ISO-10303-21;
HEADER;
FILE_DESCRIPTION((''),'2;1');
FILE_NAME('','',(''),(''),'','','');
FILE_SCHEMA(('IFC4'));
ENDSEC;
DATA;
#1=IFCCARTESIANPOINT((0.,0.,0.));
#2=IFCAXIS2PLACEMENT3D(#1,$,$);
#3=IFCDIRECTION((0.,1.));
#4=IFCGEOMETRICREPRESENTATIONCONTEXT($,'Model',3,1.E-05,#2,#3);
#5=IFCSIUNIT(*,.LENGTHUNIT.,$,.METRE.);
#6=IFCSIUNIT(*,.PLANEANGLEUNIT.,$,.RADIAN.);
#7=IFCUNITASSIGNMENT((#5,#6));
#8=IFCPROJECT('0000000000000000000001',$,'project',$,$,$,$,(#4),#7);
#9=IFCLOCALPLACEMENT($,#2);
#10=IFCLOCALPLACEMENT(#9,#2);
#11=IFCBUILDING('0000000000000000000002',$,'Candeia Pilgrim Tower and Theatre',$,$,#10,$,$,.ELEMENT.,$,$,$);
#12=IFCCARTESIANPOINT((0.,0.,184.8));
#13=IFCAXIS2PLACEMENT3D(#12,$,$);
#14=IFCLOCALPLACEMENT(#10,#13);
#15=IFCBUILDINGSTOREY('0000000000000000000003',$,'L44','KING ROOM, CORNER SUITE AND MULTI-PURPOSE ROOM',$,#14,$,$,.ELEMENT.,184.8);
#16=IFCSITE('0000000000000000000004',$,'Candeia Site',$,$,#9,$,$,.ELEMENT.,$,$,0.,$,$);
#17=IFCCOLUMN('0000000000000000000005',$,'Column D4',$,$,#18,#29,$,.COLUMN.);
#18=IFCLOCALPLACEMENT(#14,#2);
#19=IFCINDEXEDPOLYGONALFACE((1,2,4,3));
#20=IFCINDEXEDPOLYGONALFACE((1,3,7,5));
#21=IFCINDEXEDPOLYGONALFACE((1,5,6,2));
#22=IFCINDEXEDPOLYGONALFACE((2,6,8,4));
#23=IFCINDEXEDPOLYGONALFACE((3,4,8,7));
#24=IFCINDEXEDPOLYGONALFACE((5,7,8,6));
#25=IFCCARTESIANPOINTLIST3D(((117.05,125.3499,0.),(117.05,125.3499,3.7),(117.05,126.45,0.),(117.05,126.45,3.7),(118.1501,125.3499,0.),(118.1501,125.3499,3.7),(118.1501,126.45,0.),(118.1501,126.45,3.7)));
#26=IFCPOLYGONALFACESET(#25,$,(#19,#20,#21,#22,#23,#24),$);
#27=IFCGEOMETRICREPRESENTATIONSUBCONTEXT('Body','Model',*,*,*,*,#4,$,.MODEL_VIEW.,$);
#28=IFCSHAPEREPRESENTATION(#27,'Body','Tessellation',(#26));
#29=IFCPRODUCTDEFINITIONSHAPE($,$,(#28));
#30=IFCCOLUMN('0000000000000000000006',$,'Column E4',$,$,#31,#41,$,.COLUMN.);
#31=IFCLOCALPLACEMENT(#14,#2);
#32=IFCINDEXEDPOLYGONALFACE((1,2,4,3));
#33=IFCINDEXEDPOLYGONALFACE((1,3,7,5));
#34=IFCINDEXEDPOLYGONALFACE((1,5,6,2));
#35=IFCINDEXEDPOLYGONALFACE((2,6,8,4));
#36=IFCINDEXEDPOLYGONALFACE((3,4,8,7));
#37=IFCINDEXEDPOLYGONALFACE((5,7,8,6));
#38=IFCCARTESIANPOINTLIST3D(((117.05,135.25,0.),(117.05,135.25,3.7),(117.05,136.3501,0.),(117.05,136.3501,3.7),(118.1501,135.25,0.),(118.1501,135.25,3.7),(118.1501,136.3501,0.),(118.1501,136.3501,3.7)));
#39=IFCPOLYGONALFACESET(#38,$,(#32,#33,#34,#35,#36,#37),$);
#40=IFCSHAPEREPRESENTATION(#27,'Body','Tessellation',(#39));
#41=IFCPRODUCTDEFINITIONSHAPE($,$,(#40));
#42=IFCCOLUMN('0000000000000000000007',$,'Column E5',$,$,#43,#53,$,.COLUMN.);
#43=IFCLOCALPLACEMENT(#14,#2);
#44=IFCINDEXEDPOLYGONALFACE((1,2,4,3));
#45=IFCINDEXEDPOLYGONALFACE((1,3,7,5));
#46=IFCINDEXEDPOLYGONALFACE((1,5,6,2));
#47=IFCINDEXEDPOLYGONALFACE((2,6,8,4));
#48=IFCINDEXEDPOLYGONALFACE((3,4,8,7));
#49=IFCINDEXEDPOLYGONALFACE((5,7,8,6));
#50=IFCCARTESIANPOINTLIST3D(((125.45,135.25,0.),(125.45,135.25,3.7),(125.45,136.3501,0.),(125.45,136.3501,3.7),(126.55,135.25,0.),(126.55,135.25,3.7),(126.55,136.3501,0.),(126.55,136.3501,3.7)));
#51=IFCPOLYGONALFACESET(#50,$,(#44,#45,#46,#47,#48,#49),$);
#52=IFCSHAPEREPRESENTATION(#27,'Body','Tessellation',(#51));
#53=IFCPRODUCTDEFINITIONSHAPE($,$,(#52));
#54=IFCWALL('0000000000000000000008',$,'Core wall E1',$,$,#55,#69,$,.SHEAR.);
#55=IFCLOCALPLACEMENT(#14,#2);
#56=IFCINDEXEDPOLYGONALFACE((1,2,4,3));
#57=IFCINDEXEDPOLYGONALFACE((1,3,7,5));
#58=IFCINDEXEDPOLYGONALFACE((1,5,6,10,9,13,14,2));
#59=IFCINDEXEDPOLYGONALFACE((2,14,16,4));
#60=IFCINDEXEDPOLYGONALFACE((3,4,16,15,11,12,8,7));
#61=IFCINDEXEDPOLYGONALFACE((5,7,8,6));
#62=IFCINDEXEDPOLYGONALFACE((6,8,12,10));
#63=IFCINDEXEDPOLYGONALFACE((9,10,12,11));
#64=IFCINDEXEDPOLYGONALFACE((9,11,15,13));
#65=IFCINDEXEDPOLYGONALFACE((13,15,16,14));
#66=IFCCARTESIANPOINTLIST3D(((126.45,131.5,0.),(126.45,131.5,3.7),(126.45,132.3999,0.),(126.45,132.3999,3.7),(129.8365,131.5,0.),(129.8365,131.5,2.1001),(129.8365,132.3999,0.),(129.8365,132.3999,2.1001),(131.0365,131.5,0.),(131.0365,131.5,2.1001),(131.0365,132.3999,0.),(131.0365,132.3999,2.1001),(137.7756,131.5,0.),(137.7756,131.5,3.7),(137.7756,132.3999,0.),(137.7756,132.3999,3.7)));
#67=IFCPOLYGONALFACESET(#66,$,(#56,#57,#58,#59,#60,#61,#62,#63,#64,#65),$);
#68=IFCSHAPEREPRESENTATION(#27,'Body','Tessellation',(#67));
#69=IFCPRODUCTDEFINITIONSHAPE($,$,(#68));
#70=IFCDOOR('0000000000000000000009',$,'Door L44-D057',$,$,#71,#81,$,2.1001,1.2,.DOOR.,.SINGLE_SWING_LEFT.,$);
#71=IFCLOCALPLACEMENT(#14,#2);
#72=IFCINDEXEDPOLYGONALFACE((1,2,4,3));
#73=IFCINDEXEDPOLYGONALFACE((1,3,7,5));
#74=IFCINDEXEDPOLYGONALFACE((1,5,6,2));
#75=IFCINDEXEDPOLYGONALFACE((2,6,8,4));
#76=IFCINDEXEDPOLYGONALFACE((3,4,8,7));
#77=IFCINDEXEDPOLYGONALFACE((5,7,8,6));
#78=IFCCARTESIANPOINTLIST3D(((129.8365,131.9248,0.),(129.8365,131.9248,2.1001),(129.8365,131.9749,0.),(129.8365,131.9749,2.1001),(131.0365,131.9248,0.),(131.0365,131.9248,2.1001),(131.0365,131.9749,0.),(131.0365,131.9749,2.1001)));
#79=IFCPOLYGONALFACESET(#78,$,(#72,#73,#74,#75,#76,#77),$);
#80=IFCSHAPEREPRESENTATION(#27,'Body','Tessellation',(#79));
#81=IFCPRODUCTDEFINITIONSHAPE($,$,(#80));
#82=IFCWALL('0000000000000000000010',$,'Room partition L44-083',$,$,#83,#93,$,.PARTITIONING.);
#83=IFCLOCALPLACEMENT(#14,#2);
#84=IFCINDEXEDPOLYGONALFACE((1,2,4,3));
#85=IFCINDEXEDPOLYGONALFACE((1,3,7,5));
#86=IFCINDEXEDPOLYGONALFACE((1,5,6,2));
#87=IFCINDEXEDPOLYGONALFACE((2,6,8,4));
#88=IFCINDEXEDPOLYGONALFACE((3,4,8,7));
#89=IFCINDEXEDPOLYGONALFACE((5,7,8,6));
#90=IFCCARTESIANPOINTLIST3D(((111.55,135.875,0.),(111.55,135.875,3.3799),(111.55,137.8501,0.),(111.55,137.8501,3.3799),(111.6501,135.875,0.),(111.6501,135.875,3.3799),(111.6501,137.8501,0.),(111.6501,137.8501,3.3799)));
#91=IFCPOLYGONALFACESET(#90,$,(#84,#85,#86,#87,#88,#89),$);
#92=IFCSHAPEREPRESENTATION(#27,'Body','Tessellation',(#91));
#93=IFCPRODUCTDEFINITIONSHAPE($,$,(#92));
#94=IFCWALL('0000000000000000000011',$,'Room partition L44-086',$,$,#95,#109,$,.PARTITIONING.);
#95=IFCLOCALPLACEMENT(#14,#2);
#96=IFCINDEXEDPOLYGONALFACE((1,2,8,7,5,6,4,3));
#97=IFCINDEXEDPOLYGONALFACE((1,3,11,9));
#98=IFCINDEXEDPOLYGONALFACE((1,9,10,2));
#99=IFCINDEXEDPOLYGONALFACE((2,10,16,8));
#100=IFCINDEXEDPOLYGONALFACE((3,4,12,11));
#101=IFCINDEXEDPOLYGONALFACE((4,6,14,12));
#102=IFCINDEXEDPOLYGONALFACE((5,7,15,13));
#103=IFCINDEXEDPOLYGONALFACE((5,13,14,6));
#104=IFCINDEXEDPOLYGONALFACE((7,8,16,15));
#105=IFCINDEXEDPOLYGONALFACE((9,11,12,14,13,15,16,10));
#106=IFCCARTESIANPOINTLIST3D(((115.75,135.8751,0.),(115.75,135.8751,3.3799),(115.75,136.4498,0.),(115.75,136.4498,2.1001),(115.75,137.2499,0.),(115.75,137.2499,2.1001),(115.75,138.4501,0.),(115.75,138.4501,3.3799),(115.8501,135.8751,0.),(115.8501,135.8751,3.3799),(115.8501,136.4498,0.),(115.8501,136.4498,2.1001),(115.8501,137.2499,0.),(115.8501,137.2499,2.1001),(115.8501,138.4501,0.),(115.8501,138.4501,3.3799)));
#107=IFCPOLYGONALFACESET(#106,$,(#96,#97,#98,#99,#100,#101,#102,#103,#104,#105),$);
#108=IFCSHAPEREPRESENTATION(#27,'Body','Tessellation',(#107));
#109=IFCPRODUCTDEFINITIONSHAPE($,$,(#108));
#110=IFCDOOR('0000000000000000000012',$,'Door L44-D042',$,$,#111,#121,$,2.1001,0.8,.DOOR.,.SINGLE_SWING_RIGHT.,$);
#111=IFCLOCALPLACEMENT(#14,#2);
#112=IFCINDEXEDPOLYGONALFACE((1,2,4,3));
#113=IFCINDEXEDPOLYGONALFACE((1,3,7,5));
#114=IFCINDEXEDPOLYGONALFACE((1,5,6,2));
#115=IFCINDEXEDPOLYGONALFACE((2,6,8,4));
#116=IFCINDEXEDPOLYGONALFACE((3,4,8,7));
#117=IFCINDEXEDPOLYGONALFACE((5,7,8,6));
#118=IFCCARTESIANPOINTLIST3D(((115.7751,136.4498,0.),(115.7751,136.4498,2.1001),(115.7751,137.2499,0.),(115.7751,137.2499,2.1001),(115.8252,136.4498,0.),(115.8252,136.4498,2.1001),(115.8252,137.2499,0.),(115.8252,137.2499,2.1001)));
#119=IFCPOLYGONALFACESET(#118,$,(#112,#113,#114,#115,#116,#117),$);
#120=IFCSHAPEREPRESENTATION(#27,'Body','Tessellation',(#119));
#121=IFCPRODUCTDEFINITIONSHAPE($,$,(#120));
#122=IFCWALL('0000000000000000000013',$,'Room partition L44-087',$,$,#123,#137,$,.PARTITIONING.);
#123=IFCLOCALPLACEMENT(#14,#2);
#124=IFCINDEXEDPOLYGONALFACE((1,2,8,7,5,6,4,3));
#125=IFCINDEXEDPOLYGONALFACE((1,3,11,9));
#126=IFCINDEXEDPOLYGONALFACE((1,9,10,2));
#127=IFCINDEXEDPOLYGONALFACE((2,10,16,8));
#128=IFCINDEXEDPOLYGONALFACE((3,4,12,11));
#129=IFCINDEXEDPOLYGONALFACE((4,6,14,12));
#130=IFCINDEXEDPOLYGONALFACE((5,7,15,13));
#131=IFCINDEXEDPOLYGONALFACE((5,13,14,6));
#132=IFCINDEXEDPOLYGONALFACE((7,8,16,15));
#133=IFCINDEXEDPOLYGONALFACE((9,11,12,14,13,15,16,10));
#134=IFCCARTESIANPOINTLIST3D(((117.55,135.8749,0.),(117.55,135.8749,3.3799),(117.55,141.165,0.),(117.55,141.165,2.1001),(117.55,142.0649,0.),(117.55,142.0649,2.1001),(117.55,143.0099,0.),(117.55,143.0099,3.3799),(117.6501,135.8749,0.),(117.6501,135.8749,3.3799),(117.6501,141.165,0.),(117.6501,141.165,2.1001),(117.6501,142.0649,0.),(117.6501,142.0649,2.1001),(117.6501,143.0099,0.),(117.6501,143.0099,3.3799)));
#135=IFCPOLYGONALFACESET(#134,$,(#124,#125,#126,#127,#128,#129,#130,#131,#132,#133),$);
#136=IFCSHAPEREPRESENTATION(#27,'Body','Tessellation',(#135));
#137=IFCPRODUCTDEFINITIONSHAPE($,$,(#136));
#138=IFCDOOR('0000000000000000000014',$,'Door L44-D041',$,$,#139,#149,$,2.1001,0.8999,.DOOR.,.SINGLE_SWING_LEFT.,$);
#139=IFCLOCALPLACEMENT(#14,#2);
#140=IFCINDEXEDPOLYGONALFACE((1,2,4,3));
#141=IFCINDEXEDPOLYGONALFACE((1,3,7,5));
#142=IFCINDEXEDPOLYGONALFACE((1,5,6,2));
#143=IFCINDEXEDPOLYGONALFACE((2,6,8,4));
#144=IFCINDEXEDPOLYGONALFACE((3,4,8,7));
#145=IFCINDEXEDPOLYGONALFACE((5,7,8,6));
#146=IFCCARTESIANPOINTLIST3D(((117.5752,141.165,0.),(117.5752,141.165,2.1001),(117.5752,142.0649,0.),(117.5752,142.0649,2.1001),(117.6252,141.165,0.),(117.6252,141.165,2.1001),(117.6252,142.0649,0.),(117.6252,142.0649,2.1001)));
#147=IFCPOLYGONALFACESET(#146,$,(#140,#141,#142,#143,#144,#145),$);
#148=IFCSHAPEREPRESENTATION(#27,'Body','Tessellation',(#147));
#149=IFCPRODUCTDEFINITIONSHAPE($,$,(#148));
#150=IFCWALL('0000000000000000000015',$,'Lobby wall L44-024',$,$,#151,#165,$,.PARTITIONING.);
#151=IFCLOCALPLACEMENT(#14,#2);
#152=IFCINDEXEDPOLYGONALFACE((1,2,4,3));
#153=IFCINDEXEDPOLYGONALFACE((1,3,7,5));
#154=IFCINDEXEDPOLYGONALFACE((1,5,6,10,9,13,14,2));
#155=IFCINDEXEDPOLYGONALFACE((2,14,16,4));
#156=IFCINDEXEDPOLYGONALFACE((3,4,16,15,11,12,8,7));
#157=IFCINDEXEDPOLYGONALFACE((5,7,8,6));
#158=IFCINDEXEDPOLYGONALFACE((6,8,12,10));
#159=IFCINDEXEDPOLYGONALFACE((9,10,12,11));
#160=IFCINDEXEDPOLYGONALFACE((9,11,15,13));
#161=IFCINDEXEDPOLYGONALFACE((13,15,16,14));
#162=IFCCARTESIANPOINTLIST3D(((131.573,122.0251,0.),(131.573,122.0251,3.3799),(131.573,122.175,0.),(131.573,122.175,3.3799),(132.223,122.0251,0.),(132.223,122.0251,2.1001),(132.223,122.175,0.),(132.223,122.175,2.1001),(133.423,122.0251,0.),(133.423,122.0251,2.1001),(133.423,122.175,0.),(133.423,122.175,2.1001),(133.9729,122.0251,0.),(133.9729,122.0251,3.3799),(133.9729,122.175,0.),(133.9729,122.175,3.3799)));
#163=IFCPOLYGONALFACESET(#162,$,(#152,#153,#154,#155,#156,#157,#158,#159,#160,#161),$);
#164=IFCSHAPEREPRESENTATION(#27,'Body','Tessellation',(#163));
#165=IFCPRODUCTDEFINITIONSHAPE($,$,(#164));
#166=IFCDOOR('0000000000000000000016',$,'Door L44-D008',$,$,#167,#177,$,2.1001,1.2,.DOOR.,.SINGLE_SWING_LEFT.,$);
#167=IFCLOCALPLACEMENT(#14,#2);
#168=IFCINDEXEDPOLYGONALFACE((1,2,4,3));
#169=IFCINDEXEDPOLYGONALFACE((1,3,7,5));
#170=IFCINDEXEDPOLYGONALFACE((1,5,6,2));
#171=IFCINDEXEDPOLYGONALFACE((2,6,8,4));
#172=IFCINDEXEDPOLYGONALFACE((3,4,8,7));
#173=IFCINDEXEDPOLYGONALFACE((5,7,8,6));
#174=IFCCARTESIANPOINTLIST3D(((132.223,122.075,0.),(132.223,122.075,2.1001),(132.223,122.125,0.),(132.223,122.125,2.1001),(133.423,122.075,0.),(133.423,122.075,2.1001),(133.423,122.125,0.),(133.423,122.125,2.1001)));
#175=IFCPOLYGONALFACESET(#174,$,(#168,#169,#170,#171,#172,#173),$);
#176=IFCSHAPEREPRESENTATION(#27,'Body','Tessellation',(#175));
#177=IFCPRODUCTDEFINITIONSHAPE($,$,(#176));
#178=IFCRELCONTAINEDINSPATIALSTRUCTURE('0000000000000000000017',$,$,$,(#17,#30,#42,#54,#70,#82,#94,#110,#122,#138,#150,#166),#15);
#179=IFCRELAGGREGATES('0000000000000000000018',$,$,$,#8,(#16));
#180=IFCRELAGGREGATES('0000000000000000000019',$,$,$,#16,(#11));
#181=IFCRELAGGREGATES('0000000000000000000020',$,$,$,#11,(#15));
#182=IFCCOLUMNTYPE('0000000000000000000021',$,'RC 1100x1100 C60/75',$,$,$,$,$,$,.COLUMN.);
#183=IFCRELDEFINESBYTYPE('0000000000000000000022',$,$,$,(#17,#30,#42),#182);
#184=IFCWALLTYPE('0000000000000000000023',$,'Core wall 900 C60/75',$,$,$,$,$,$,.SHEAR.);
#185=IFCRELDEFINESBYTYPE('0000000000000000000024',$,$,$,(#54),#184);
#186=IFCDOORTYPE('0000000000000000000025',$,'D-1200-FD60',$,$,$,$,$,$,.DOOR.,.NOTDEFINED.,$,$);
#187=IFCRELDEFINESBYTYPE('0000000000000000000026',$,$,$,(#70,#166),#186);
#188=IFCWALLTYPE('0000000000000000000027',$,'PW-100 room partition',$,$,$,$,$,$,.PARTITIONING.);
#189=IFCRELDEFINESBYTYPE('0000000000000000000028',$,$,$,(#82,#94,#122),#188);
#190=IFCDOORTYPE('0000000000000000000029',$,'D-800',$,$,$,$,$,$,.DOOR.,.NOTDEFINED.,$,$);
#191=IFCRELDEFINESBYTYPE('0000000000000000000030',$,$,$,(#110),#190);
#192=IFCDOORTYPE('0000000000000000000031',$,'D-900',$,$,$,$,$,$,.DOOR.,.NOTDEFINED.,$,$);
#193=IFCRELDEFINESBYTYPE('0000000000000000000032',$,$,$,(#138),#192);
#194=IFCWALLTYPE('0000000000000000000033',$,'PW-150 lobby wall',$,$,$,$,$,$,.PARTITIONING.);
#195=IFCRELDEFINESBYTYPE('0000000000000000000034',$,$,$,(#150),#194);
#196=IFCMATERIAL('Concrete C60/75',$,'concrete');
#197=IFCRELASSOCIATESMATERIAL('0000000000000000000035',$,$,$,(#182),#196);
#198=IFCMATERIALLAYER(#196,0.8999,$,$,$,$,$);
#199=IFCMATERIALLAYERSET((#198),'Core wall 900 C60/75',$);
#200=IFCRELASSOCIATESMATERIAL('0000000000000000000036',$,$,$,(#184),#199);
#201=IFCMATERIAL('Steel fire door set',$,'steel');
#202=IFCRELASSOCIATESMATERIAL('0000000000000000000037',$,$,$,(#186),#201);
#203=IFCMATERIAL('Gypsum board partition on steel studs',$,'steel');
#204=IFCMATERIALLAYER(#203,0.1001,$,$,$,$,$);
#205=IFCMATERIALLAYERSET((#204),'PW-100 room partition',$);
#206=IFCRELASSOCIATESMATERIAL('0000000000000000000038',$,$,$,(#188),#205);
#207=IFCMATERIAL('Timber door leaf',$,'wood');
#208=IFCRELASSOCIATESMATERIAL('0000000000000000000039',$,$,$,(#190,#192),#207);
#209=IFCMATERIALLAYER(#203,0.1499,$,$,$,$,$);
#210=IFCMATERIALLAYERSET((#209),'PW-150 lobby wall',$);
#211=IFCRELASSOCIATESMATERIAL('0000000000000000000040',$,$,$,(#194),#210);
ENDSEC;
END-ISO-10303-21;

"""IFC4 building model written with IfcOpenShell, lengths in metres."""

from ifc_helpers import new_model, si_unit, direction, frame, frame_2d, origin, origin_2d, place, context, subcontext, project, spatial, rectangle, extrude, material, layer, layer_set, material_profile, profile_set, type_object, element, fill, save


model = new_model("IFC4")

# Units and contexts
model_context = context("Model", 3, precision=1e-05, world=origin(), true_north=direction((0.0, 1.0)))
body_context = subcontext(model_context, "Body", "Model", "MODEL_VIEW")
ifc_project = project(units=[si_unit("LENGTHUNIT", "METRE"), si_unit("PLANEANGLEUNIT", "RADIAN")], contexts=[model_context])

# Site, building, storey
site_placement = place(None, origin())
site = spatial("IfcSite", under=ifc_project, at=site_placement, Name="Candeia Site", CompositionType="ELEMENT", RefElevation=0.0)
building_placement = place(site_placement, origin())
building = spatial("IfcBuilding", under=site, at=building_placement, Name="Candeia Pilgrim Tower and Theatre", CompositionType="ELEMENT")
storey_placement = place(building_placement, frame((0.0, 0.0, 184.8)))
storey = spatial("IfcBuildingStorey", under=building, at=storey_placement, Name="L44", Description="KING ROOM, CORNER SUITE AND MULTI-PURPOSE ROOM", CompositionType="ELEMENT", Elevation=184.8)

# Columns
ifc_material_1 = material(Name="Concrete C60/75", Category="concrete")
ifc_material_profile = material_profile(ifc_material_1, rectangle(XDim=1.1001, YDim=1.1001, at=origin_2d()))
ifc_profile_set = profile_set([ifc_material_profile], Name="Concrete C60/75")
column_type = type_object("IfcColumnType", Name="RC 1100x1100 C60/75", PredefinedType="COLUMN", material=ifc_profile_set)
for number, where, z_axis, x_axis, name in (
    (1, (117.6001, 125.8999, 0.0), (0.0, 0.0, 1.0), (1.0, 0.0, 0.0), "Column D4"),
    (2, (117.6001, 135.8, 0.0), (0.0, 0.0, 1.0), (1.0, 0.0, 0.0), "Column E4"),
    (3, (126.0, 135.8, 0.0), (0.0, 0.0, 1.0), (1.0, 0.0, 0.0), "Column E5"),
):
    element("IfcColumn", number, at=place(storey_placement, frame(where, z_axis=z_axis, x_axis=x_axis)), inside=storey, type_object=column_type, Name=name, PredefinedType="COLUMN", context=body_context, shape_type="SweptSolid", body=[
        extrude(rectangle(XDim=1.1001, YDim=1.1001, at=origin_2d()), origin(), (0.0, 0.0, 1.0), 3.7),
    ])

# Wall, opening, door
ifc_layer_1 = layer(ifc_material_1, 0.8999)
ifc_layer_set_1 = layer_set([ifc_layer_1], Name="Core wall 900 C60/75")
wall_type_1 = type_object("IfcWallType", Name="Core wall 900 C60/75", PredefinedType="SHEAR", material=ifc_layer_set_1)
wall_1_placement = place(storey_placement, frame((126.45, 131.95, 0.0), z_axis=(0.0, 0.0, 1.0), x_axis=(1.0, 0.0, 0.0)))
wall_1 = element("IfcWall", 4, at=wall_1_placement, inside=storey, type_object=wall_type_1, Name="Core wall E1", PredefinedType="SHEAR", context=body_context, shape_type="SweptSolid", body=[
    extrude(rectangle(XDim=11.3257, YDim=0.8999, at=frame_2d((5.6628, 0.0))), origin(), (0.0, 0.0, 1.0), 3.7),
])
opening_1_placement = place(wall_1_placement, frame((3.3865, 0.0, 0.0)))
opening_1 = element("IfcOpeningElement", 5, at=opening_1_placement, cuts=wall_1, PredefinedType="OPENING", context=body_context, shape_type="SweptSolid", body=[
    extrude(rectangle(XDim=1.2, YDim=2.1001, at=frame_2d((0.6001, 1.05))), frame((0.0, 0.46, 0.0), z_axis=(0.0, -1.0, 0.0), x_axis=(1.0, 0.0, 0.0)), (0.0, 0.0, 1.0), 0.9199),
])
ifc_material_2 = material(Name="Steel fire door set", Category="steel")
door_type_1 = type_object("IfcDoorType", Name="D-1200-FD60", OperationType="NOTDEFINED", PredefinedType="DOOR", material=ifc_material_2)
door_1_placement = place(opening_1_placement, origin())
door_1 = element("IfcDoor", 6, at=door_1_placement, inside=storey, type_object=door_type_1, Name="Door L44-D057", OperationType="SINGLE_SWING_LEFT", OverallHeight=2.1001, OverallWidth=1.2, PredefinedType="DOOR", context=body_context, shape_type="SweptSolid", body=[
    extrude(rectangle(XDim=1.2, YDim=2.1001, at=frame_2d((0.6001, 1.05))), frame((0.0, 0.0249, 0.0), z_axis=(0.0, -1.0, 0.0), x_axis=(1.0, 0.0, 0.0)), (0.0, 0.0, 1.0), 0.05),
])
fill(opening_1, door_1)

# Wall
ifc_material_3 = material(Name="Gypsum board partition on steel studs", Category="steel")
ifc_layer_2 = layer(ifc_material_3, 0.1001)
ifc_layer_set_2 = layer_set([ifc_layer_2], Name="PW-100 room partition")
wall_type_2 = type_object("IfcWallType", Name="PW-100 room partition", PredefinedType="PARTITIONING", material=ifc_layer_set_2)
wall_2_placement = place(storey_placement, frame((111.6001, 135.875, 0.0), z_axis=(0.0, 0.0, 1.0), x_axis=(0.0, 1.0, 0.0)))
element("IfcWall", 7, at=wall_2_placement, inside=storey, type_object=wall_type_2, Name="Room partition L44-083", PredefinedType="PARTITIONING", context=body_context, shape_type="SweptSolid", body=[
    extrude(rectangle(XDim=1.9751, YDim=0.1001, at=frame_2d((0.9875, 0.0))), origin(), (0.0, 0.0, 1.0), 3.3799),
])

# Walls, openings, doors
wall_3_placement = place(storey_placement, frame((115.8, 135.875, 0.0), z_axis=(0.0, 0.0, 1.0), x_axis=(0.0, 1.0, 0.0)))
wall_3 = element("IfcWall", 8, at=wall_3_placement, inside=storey, type_object=wall_type_2, Name="Room partition L44-086", PredefinedType="PARTITIONING", context=body_context, shape_type="SweptSolid", body=[
    extrude(rectangle(XDim=2.575, YDim=0.1001, at=frame_2d((1.2876, 0.0))), origin(), (0.0, 0.0, 1.0), 3.3799),
])
opening_2_placement = place(wall_3_placement, frame((0.575, 0.0, 0.0)))
opening_2 = element("IfcOpeningElement", 9, at=opening_2_placement, cuts=wall_3, PredefinedType="OPENING", context=body_context, shape_type="SweptSolid", body=[
    extrude(rectangle(XDim=0.8, YDim=2.1001, at=frame_2d((0.3999, 1.05))), frame((0.0, 0.0601, 0.0), z_axis=(0.0, -1.0, 0.0), x_axis=(1.0, 0.0, 0.0)), (0.0, 0.0, 1.0), 0.1201),
])
ifc_material_4 = material(Name="Timber door leaf", Category="wood")
door_type_2 = type_object("IfcDoorType", Name="D-800", OperationType="NOTDEFINED", PredefinedType="DOOR", material=ifc_material_4)
door_2_placement = place(opening_2_placement, origin())
door_2 = element("IfcDoor", 10, at=door_2_placement, inside=storey, type_object=door_type_2, Name="Door L44-D042", OperationType="SINGLE_SWING_RIGHT", OverallHeight=2.1001, OverallWidth=0.8, PredefinedType="DOOR", context=body_context, shape_type="SweptSolid", body=[
    extrude(rectangle(XDim=0.8, YDim=2.1001, at=frame_2d((0.3999, 1.05))), frame((0.0, 0.0249, 0.0), z_axis=(0.0, -1.0, 0.0), x_axis=(1.0, 0.0, 0.0)), (0.0, 0.0, 1.0), 0.05),
])
fill(opening_2, door_2)
wall_4_placement = place(storey_placement, frame((117.6001, 135.875, 0.0), z_axis=(0.0, 0.0, 1.0), x_axis=(0.0, 1.0, 0.0)))
wall_4 = element("IfcWall", 11, at=wall_4_placement, inside=storey, type_object=wall_type_2, Name="Room partition L44-087", PredefinedType="PARTITIONING", context=body_context, shape_type="SweptSolid", body=[
    extrude(rectangle(XDim=7.135, YDim=0.1001, at=frame_2d((3.5674, 0.0))), origin(), (0.0, 0.0, 1.0), 3.3799),
])
opening_3_placement = place(wall_4_placement, frame((5.29, 0.0, 0.0)))
opening_3 = element("IfcOpeningElement", 12, at=opening_3_placement, cuts=wall_4, PredefinedType="OPENING", context=body_context, shape_type="SweptSolid", body=[
    extrude(rectangle(XDim=0.8999, YDim=2.1001, at=frame_2d((0.45, 1.05))), frame((0.0, 0.0601, 0.0), z_axis=(0.0, -1.0, 0.0), x_axis=(1.0, 0.0, 0.0)), (0.0, 0.0, 1.0), 0.1201),
])
door_type_3 = type_object("IfcDoorType", Name="D-900", OperationType="NOTDEFINED", PredefinedType="DOOR", material=ifc_material_4)
door_3_placement = place(opening_3_placement, origin())
door_3 = element("IfcDoor", 13, at=door_3_placement, inside=storey, type_object=door_type_3, Name="Door L44-D041", OperationType="SINGLE_SWING_LEFT", OverallHeight=2.1001, OverallWidth=0.8999, PredefinedType="DOOR", context=body_context, shape_type="SweptSolid", body=[
    extrude(rectangle(XDim=0.8999, YDim=2.1001, at=frame_2d((0.45, 1.05))), frame((0.0, 0.0249, 0.0), z_axis=(0.0, -1.0, 0.0), x_axis=(1.0, 0.0, 0.0)), (0.0, 0.0, 1.0), 0.05),
])
fill(opening_3, door_3)
ifc_layer_3 = layer(ifc_material_3, 0.1499)
ifc_layer_set_3 = layer_set([ifc_layer_3], Name="PW-150 lobby wall")
wall_type_3 = type_object("IfcWallType", Name="PW-150 lobby wall", PredefinedType="PARTITIONING", material=ifc_layer_set_3)
wall_5_placement = place(storey_placement, frame((131.573, 122.1001, 0.0), z_axis=(0.0, 0.0, 1.0), x_axis=(1.0, 0.0, 0.0)))
wall_5 = element("IfcWall", 14, at=wall_5_placement, inside=storey, type_object=wall_type_3, Name="Lobby wall L44-024", PredefinedType="PARTITIONING", context=body_context, shape_type="SweptSolid", body=[
    extrude(rectangle(XDim=2.3999, YDim=0.1499, at=frame_2d((1.2, 0.0))), origin(), (0.0, 0.0, 1.0), 3.3799),
])
opening_4_placement = place(wall_5_placement, frame((0.6499, 0.0, 0.0)))
opening_4 = element("IfcOpeningElement", 15, at=opening_4_placement, cuts=wall_5, PredefinedType="OPENING", context=body_context, shape_type="SweptSolid", body=[
    extrude(rectangle(XDim=1.2, YDim=2.1001, at=frame_2d((0.6001, 1.05))), frame((0.0, 0.085, 0.0), z_axis=(0.0, -1.0, 0.0), x_axis=(1.0, 0.0, 0.0)), (0.0, 0.0, 1.0), 0.1699),
])
door_4_placement = place(opening_4_placement, origin())
door_4 = element("IfcDoor", 16, at=door_4_placement, inside=storey, type_object=door_type_1, Name="Door L44-D008", OperationType="SINGLE_SWING_LEFT", OverallHeight=2.1001, OverallWidth=1.2, PredefinedType="DOOR", context=body_context, shape_type="SweptSolid", body=[
    extrude(rectangle(XDim=1.2, YDim=2.1001, at=frame_2d((0.6001, 1.05))), frame((0.0, 0.0249, 0.0), z_axis=(0.0, -1.0, 0.0), x_axis=(1.0, 0.0, 0.0)), (0.0, 0.0, 1.0), 0.05),
])
fill(opening_4, door_4)

save(model, "model.ifc")
